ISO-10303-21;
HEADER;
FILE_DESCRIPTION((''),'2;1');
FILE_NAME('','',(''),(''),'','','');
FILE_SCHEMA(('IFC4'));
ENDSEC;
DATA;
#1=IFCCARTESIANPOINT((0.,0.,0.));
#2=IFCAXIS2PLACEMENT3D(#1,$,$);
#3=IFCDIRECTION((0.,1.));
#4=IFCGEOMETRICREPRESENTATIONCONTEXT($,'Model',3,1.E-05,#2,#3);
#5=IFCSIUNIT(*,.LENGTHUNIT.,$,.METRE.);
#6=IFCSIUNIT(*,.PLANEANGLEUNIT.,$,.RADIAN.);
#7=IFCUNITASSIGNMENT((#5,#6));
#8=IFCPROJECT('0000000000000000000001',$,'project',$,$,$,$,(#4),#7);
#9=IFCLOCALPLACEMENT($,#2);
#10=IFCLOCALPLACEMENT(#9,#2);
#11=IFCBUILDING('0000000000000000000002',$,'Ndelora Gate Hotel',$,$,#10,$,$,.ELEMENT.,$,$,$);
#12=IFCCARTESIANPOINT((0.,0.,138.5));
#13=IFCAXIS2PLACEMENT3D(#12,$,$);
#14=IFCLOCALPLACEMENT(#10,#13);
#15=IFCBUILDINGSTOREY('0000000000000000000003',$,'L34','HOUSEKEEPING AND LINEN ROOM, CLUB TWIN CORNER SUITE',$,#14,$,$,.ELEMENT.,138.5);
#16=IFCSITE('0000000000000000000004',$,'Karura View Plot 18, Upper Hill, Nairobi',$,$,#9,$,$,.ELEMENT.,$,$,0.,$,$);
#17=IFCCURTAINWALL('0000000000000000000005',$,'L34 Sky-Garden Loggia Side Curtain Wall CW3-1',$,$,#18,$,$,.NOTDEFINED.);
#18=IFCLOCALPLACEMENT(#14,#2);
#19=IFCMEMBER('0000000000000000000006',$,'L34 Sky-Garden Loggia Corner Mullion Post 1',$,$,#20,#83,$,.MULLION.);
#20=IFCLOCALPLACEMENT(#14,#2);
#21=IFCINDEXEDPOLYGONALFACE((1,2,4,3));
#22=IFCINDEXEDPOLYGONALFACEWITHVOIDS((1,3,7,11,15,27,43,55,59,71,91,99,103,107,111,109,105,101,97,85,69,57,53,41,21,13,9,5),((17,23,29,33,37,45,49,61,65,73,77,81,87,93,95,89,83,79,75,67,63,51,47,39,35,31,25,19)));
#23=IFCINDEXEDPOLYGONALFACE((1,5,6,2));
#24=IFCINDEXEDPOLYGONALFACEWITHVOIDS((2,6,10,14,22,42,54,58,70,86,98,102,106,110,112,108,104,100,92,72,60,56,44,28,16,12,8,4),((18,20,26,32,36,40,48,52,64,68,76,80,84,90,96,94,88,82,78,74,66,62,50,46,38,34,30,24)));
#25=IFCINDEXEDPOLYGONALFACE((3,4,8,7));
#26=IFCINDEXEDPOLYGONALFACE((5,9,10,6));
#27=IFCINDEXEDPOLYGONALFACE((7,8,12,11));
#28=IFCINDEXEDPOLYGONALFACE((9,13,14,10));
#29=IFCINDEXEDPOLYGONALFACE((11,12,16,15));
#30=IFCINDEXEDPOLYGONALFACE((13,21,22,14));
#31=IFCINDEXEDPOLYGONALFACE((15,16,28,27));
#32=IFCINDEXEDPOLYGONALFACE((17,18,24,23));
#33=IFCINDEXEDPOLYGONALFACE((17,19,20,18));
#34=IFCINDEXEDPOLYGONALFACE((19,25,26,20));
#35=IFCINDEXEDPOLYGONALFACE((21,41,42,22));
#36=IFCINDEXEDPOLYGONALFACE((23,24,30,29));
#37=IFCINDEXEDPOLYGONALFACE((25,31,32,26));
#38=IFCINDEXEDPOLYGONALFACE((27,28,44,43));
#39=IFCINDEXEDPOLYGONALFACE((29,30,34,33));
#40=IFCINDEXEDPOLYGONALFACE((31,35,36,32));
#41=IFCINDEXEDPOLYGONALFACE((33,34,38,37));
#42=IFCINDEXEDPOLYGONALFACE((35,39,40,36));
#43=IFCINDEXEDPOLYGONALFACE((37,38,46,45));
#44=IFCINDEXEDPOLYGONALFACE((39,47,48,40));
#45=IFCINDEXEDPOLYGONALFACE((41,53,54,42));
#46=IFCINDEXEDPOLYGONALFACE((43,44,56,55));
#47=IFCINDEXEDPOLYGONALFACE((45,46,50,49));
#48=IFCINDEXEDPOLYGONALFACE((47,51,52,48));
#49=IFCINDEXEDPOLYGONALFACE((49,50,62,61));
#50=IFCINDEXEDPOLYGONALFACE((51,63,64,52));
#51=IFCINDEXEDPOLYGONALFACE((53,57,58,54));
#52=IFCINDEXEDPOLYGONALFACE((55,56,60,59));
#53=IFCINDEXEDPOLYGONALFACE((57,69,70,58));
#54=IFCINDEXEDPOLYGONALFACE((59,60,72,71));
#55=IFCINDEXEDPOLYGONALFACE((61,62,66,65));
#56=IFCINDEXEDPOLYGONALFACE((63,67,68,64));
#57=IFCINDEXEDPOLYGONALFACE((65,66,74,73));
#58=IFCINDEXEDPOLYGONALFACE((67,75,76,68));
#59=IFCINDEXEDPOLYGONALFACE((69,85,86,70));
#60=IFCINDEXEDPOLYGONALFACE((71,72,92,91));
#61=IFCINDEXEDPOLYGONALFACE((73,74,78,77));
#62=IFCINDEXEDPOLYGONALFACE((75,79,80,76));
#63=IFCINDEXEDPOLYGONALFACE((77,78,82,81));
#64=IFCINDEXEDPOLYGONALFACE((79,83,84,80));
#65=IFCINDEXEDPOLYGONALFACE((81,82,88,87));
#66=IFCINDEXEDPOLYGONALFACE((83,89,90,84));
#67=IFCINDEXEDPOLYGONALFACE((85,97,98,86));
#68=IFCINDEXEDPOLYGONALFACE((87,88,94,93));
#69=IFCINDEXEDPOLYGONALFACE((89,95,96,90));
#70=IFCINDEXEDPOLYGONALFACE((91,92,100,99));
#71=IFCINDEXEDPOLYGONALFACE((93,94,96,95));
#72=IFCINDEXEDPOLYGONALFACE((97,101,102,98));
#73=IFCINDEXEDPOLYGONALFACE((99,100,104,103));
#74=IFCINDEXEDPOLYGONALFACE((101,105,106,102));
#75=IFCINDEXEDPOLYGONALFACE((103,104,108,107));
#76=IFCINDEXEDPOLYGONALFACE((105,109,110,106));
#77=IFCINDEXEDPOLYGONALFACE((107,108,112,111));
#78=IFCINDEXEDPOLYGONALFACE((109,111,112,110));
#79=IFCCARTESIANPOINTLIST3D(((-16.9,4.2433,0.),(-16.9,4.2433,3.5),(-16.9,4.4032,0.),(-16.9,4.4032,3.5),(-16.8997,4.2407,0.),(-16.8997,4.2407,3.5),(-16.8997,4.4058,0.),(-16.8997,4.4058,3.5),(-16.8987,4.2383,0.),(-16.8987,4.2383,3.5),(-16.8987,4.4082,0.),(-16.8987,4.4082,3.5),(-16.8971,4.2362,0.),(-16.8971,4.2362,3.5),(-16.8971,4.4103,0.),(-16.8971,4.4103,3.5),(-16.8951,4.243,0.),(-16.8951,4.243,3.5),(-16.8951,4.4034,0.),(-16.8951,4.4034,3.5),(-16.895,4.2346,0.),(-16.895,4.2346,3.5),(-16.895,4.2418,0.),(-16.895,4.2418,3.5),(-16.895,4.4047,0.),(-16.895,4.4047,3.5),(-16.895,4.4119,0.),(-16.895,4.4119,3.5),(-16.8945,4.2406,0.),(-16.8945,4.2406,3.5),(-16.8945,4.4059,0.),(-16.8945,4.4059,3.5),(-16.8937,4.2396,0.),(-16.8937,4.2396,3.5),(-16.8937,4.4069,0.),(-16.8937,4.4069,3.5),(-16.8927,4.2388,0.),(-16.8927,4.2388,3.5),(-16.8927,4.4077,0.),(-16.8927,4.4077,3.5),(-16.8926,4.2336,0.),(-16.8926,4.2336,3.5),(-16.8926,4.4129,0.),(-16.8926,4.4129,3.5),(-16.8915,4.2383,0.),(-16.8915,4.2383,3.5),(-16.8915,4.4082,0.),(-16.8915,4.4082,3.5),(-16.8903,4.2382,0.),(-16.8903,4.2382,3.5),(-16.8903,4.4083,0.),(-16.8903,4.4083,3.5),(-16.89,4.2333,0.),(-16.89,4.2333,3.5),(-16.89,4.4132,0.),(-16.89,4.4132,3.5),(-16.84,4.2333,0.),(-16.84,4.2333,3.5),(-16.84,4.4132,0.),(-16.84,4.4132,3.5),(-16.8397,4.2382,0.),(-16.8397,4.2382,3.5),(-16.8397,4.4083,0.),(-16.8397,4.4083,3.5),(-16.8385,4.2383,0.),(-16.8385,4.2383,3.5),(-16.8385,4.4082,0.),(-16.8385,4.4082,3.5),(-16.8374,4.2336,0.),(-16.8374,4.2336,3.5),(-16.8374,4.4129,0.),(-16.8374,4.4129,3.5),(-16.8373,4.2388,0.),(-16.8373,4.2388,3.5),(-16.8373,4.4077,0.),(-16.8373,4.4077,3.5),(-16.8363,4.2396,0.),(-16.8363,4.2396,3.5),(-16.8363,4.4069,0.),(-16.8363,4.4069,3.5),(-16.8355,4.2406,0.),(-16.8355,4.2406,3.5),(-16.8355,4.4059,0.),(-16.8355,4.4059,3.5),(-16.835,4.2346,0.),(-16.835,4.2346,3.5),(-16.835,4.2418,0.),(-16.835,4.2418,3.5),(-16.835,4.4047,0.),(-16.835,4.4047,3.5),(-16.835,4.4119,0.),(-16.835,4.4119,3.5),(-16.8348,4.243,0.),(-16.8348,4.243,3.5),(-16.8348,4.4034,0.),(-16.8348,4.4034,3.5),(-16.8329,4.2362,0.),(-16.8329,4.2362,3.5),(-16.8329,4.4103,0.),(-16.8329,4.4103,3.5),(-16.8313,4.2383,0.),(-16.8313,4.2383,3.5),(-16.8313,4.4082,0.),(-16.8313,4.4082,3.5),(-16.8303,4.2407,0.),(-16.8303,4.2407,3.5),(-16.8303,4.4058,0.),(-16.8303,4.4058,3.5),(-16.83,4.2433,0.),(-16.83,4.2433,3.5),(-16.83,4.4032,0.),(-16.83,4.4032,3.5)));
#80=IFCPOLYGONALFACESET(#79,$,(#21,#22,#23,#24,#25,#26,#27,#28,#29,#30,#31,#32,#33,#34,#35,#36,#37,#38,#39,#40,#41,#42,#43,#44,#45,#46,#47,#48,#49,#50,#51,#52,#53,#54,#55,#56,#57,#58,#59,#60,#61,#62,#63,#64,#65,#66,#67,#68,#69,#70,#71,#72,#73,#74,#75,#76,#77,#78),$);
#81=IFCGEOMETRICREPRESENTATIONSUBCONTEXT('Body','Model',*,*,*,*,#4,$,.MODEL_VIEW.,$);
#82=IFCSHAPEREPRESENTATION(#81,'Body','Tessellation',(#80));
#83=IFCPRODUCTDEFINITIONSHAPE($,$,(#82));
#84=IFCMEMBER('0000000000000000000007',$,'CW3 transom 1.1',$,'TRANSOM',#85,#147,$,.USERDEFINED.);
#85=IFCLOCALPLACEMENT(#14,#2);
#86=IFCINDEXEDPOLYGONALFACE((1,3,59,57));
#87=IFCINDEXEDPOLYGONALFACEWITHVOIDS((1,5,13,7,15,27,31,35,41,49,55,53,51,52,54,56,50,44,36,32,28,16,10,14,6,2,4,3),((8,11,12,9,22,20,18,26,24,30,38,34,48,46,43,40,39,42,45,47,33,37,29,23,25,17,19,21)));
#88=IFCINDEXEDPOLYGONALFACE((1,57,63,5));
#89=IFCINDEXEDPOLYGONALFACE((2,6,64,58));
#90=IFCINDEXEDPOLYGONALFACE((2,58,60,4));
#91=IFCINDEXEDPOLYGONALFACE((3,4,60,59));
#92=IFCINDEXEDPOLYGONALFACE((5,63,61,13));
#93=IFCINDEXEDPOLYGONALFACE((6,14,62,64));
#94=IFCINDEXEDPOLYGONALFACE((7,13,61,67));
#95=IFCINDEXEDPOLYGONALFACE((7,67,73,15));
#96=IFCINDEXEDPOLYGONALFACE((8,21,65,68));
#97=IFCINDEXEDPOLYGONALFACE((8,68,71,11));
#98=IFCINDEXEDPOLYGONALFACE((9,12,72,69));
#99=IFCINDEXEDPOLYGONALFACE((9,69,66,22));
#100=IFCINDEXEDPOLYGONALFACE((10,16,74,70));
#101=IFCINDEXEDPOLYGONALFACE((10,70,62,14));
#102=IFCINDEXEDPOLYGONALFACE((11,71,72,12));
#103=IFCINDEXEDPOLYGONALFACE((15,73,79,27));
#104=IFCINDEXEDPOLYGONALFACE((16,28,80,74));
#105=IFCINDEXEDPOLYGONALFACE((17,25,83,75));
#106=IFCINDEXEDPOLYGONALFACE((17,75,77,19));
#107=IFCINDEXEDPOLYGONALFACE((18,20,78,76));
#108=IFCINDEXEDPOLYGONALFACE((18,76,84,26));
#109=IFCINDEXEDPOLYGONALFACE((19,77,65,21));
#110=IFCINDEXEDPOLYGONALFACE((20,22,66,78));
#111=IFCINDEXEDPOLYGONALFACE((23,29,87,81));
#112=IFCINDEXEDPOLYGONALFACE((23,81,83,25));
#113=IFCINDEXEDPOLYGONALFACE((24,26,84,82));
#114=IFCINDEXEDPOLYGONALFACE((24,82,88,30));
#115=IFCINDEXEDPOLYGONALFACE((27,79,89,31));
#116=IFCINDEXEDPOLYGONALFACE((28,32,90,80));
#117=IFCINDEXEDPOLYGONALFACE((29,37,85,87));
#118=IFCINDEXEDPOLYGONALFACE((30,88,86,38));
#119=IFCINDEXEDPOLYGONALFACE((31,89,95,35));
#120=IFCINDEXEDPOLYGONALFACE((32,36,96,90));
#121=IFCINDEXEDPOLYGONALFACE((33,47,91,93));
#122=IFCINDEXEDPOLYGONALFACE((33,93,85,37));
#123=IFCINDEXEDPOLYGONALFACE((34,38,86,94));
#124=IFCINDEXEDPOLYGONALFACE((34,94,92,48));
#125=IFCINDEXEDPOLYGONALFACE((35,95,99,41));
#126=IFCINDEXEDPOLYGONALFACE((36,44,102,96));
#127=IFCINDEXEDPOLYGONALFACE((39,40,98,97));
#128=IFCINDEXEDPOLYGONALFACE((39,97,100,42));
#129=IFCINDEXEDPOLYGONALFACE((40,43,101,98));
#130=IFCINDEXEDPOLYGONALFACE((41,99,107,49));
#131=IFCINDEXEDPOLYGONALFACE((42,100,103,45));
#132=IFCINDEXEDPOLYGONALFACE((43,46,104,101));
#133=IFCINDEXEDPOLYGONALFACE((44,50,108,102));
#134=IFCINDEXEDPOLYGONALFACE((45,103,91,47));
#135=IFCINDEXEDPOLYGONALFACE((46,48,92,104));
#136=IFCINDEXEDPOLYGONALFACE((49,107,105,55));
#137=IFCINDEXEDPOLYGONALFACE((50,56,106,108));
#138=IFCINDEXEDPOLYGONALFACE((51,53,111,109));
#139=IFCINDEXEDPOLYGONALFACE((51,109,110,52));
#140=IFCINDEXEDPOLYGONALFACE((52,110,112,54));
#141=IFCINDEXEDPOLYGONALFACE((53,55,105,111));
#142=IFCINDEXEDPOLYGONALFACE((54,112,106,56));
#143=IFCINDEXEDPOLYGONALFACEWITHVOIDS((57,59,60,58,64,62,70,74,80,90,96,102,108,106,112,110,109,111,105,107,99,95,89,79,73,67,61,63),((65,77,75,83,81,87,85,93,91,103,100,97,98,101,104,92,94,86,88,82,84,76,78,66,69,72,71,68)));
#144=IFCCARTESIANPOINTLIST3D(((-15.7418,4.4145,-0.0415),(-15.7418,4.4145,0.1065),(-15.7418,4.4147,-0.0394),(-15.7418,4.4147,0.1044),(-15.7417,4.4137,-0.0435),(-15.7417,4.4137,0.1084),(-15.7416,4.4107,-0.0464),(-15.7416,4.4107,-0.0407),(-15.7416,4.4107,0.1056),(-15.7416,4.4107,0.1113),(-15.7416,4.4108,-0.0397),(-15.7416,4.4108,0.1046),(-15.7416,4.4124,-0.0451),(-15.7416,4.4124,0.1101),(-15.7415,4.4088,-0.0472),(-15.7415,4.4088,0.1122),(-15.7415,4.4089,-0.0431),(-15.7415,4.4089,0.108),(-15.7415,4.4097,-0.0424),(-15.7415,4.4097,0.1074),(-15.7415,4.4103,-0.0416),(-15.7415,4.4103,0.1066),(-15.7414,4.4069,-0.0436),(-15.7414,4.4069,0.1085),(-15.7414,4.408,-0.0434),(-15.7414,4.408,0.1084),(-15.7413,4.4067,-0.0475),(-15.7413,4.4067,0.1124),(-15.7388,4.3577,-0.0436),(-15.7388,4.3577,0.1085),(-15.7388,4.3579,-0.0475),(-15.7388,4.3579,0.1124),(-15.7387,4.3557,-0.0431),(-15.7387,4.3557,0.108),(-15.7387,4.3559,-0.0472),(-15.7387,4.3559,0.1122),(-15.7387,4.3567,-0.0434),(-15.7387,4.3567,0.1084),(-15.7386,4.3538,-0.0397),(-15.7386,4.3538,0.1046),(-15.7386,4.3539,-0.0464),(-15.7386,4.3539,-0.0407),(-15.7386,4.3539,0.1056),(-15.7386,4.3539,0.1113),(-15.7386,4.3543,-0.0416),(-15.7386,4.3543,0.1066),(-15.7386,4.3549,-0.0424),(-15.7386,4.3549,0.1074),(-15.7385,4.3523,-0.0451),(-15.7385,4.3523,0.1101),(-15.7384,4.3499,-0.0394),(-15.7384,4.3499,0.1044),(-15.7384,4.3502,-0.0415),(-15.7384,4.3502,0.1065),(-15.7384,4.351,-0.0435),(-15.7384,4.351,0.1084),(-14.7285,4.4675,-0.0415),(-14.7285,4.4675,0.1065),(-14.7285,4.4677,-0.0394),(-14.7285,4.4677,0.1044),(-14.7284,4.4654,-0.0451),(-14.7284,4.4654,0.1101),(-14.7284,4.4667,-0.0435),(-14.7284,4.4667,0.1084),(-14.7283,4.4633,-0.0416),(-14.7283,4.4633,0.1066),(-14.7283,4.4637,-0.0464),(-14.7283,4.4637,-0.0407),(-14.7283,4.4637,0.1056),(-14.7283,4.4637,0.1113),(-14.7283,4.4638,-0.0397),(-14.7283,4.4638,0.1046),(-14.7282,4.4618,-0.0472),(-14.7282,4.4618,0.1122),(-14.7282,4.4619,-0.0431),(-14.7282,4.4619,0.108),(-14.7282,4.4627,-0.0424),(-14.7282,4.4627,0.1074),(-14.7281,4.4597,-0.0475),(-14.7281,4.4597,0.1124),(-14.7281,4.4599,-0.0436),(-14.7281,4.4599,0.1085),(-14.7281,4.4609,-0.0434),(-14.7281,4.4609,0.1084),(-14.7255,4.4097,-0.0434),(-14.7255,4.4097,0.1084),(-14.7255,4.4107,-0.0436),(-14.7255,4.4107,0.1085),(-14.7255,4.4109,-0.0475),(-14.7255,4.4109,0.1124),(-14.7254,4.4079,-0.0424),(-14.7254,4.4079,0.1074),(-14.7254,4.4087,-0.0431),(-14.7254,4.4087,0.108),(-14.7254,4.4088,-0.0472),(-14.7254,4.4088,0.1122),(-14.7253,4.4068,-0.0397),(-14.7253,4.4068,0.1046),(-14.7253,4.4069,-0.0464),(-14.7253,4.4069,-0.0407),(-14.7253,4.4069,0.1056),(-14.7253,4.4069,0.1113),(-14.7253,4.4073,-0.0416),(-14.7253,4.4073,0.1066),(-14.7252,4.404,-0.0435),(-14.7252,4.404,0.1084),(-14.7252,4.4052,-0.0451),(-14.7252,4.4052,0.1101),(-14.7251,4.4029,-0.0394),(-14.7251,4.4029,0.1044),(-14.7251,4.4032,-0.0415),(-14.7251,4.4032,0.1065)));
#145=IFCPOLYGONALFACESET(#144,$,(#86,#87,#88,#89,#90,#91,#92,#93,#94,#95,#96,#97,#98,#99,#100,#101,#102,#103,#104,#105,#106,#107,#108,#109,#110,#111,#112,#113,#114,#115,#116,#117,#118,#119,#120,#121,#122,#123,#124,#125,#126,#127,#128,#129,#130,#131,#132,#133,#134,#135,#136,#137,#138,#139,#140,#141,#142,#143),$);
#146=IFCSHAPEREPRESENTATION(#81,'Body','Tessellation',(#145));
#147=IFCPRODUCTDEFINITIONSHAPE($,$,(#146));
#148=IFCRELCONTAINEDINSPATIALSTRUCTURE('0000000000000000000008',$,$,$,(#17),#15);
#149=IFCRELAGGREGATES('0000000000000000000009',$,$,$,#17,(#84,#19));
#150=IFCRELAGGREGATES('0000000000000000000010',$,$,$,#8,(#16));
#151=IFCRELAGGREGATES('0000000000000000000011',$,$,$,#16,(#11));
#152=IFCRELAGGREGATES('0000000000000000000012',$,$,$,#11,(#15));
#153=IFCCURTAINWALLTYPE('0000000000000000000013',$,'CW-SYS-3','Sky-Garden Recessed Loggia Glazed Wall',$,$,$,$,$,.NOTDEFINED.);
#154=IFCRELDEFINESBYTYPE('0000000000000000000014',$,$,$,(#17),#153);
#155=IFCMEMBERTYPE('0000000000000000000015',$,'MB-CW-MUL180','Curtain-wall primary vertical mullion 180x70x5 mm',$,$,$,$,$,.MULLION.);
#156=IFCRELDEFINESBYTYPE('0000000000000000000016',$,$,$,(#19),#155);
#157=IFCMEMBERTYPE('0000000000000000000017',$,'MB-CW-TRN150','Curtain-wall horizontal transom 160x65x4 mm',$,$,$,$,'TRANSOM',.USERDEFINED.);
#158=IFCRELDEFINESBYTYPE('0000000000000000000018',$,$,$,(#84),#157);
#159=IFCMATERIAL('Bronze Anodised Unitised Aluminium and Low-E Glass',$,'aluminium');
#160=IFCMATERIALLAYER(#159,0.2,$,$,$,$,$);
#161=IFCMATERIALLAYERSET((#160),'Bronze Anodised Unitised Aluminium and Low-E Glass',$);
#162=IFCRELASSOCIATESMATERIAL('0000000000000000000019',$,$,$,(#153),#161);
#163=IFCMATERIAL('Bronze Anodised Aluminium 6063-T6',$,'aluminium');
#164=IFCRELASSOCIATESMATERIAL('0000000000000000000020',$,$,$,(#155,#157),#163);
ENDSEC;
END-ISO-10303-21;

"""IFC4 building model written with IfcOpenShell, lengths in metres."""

from ifc_helpers import new_model, si_unit, direction, frame, origin, origin_2d, place, context, subcontext, project, spatial, hollow_rectangle, extrude, material, layer, layer_set, material_profile, profile_set, type_object, element, aggregate, save


model = new_model("IFC4")

# Units and contexts
model_context = context("Model", 3, precision=1e-05, world=origin(), true_north=direction((0.0, 1.0)))
body_context = subcontext(model_context, "Body", "Model", "MODEL_VIEW")
ifc_project = project(units=[si_unit("LENGTHUNIT", "METRE"), si_unit("PLANEANGLEUNIT", "RADIAN")], contexts=[model_context])

# Site, building, storey
site_placement = place(None, origin())
site = spatial("IfcSite", under=ifc_project, at=site_placement, Name="Karura View Plot 18, Upper Hill, Nairobi", CompositionType="ELEMENT", RefElevation=0.0)
building_placement = place(site_placement, origin())
building = spatial("IfcBuilding", under=site, at=building_placement, Name="Ndelora Gate Hotel", CompositionType="ELEMENT")
storey_placement = place(building_placement, frame((0.0, 0.0, 138.5)))
storey = spatial("IfcBuildingStorey", under=building, at=storey_placement, Name="L34", Description="HOUSEKEEPING AND LINEN ROOM, CLUB TWIN CORNER SUITE", CompositionType="ELEMENT", Elevation=138.5)

# Curtain wall, members
ifc_material_1 = material(Name="Bronze Anodised Unitised Aluminium and Low-E Glass", Category="aluminium")
ifc_layer_1 = layer(ifc_material_1, 0.2)
ifc_layer_set_1 = layer_set([ifc_layer_1], Name="Bronze Anodised Unitised Aluminium and Low-E Glass")
curtain_wall_type = type_object("IfcCurtainWallType", Name="CW-SYS-3", Description="Sky-Garden Recessed Loggia Glazed Wall", PredefinedType="NOTDEFINED", material=ifc_layer_set_1)
curtain_wall_placement = place(storey_placement, origin())
curtain_wall = element("IfcCurtainWall", 1, at=curtain_wall_placement, inside=storey, type_object=curtain_wall_type, Name="L34 Sky-Garden Loggia Side Curtain Wall CW3-1", PredefinedType="NOTDEFINED")
ifc_material_2 = material(Name="Bronze Anodised Aluminium 6063-T6", Category="aluminium")
ifc_material_profile_1 = material_profile(ifc_material_2, hollow_rectangle(XDim=0.0701, YDim=0.1799, WallThickness=0.0049, InnerFilletRadius=0.0049, OuterFilletRadius=0.01, at=origin_2d()), Name="ALU 180x70x5")
ifc_profile_set_1 = profile_set([ifc_material_profile_1], Name="Bronze Anodised Aluminium 6063-T6")
member_type_1 = type_object("IfcMemberType", Name="MB-CW-MUL180", Description="Curtain-wall primary vertical mullion 180x70x5 mm", PredefinedType="MULLION", material=ifc_profile_set_1)
member_1_placement = place(storey_placement, frame((-16.865, 4.3232, 0.0), z_axis=(0.0, 0.0, 1.0), x_axis=(1.0, 0.0, 0.0)))
member_1 = element("IfcMember", 2, at=member_1_placement, type_object=member_type_1, Name="L34 Sky-Garden Loggia Corner Mullion Post 1", PredefinedType="MULLION", context=body_context, shape_type="SweptSolid", body=[
    extrude(hollow_rectangle(XDim=0.0701, YDim=0.1799, WallThickness=0.0049, InnerFilletRadius=0.0049, OuterFilletRadius=0.01, at=origin_2d()), origin(), (0.0, 0.0, 1.0), 3.5),
])
ifc_material_profile_2 = material_profile(ifc_material_2, hollow_rectangle(XDim=0.0649, YDim=0.1599, WallThickness=0.0039, InnerFilletRadius=0.0039, OuterFilletRadius=0.0081, at=origin_2d()), Name="ALU 160x65x4")
ifc_profile_set_2 = profile_set([ifc_material_profile_2], Name="Bronze Anodised Aluminium 6063-T6")
member_type_2 = type_object("IfcMemberType", Name="MB-CW-TRN150", Description="Curtain-wall horizontal transom 160x65x4 mm", ElementType="TRANSOM", PredefinedType="USERDEFINED", material=ifc_profile_set_2)
member_2_placement = place(storey_placement, frame((-14.7268, 4.4353, 0.0325), z_axis=(-0.998636, -0.052218, 0.0), x_axis=(0.052218, -0.998636, 0.0)))
member_2 = element("IfcMember", 3, at=member_2_placement, type_object=member_type_2, Name="CW3 transom 1.1", ObjectType="TRANSOM", PredefinedType="USERDEFINED", context=body_context, shape_type="SweptSolid", body=[
    extrude(hollow_rectangle(XDim=0.0649, YDim=0.1599, WallThickness=0.0039, InnerFilletRadius=0.0039, OuterFilletRadius=0.0081, at=origin_2d()), origin(), (0.0, 0.0, 1.0), 1.0146),
])
aggregate(curtain_wall, [member_2, member_1])

save(model, "model.ifc")
